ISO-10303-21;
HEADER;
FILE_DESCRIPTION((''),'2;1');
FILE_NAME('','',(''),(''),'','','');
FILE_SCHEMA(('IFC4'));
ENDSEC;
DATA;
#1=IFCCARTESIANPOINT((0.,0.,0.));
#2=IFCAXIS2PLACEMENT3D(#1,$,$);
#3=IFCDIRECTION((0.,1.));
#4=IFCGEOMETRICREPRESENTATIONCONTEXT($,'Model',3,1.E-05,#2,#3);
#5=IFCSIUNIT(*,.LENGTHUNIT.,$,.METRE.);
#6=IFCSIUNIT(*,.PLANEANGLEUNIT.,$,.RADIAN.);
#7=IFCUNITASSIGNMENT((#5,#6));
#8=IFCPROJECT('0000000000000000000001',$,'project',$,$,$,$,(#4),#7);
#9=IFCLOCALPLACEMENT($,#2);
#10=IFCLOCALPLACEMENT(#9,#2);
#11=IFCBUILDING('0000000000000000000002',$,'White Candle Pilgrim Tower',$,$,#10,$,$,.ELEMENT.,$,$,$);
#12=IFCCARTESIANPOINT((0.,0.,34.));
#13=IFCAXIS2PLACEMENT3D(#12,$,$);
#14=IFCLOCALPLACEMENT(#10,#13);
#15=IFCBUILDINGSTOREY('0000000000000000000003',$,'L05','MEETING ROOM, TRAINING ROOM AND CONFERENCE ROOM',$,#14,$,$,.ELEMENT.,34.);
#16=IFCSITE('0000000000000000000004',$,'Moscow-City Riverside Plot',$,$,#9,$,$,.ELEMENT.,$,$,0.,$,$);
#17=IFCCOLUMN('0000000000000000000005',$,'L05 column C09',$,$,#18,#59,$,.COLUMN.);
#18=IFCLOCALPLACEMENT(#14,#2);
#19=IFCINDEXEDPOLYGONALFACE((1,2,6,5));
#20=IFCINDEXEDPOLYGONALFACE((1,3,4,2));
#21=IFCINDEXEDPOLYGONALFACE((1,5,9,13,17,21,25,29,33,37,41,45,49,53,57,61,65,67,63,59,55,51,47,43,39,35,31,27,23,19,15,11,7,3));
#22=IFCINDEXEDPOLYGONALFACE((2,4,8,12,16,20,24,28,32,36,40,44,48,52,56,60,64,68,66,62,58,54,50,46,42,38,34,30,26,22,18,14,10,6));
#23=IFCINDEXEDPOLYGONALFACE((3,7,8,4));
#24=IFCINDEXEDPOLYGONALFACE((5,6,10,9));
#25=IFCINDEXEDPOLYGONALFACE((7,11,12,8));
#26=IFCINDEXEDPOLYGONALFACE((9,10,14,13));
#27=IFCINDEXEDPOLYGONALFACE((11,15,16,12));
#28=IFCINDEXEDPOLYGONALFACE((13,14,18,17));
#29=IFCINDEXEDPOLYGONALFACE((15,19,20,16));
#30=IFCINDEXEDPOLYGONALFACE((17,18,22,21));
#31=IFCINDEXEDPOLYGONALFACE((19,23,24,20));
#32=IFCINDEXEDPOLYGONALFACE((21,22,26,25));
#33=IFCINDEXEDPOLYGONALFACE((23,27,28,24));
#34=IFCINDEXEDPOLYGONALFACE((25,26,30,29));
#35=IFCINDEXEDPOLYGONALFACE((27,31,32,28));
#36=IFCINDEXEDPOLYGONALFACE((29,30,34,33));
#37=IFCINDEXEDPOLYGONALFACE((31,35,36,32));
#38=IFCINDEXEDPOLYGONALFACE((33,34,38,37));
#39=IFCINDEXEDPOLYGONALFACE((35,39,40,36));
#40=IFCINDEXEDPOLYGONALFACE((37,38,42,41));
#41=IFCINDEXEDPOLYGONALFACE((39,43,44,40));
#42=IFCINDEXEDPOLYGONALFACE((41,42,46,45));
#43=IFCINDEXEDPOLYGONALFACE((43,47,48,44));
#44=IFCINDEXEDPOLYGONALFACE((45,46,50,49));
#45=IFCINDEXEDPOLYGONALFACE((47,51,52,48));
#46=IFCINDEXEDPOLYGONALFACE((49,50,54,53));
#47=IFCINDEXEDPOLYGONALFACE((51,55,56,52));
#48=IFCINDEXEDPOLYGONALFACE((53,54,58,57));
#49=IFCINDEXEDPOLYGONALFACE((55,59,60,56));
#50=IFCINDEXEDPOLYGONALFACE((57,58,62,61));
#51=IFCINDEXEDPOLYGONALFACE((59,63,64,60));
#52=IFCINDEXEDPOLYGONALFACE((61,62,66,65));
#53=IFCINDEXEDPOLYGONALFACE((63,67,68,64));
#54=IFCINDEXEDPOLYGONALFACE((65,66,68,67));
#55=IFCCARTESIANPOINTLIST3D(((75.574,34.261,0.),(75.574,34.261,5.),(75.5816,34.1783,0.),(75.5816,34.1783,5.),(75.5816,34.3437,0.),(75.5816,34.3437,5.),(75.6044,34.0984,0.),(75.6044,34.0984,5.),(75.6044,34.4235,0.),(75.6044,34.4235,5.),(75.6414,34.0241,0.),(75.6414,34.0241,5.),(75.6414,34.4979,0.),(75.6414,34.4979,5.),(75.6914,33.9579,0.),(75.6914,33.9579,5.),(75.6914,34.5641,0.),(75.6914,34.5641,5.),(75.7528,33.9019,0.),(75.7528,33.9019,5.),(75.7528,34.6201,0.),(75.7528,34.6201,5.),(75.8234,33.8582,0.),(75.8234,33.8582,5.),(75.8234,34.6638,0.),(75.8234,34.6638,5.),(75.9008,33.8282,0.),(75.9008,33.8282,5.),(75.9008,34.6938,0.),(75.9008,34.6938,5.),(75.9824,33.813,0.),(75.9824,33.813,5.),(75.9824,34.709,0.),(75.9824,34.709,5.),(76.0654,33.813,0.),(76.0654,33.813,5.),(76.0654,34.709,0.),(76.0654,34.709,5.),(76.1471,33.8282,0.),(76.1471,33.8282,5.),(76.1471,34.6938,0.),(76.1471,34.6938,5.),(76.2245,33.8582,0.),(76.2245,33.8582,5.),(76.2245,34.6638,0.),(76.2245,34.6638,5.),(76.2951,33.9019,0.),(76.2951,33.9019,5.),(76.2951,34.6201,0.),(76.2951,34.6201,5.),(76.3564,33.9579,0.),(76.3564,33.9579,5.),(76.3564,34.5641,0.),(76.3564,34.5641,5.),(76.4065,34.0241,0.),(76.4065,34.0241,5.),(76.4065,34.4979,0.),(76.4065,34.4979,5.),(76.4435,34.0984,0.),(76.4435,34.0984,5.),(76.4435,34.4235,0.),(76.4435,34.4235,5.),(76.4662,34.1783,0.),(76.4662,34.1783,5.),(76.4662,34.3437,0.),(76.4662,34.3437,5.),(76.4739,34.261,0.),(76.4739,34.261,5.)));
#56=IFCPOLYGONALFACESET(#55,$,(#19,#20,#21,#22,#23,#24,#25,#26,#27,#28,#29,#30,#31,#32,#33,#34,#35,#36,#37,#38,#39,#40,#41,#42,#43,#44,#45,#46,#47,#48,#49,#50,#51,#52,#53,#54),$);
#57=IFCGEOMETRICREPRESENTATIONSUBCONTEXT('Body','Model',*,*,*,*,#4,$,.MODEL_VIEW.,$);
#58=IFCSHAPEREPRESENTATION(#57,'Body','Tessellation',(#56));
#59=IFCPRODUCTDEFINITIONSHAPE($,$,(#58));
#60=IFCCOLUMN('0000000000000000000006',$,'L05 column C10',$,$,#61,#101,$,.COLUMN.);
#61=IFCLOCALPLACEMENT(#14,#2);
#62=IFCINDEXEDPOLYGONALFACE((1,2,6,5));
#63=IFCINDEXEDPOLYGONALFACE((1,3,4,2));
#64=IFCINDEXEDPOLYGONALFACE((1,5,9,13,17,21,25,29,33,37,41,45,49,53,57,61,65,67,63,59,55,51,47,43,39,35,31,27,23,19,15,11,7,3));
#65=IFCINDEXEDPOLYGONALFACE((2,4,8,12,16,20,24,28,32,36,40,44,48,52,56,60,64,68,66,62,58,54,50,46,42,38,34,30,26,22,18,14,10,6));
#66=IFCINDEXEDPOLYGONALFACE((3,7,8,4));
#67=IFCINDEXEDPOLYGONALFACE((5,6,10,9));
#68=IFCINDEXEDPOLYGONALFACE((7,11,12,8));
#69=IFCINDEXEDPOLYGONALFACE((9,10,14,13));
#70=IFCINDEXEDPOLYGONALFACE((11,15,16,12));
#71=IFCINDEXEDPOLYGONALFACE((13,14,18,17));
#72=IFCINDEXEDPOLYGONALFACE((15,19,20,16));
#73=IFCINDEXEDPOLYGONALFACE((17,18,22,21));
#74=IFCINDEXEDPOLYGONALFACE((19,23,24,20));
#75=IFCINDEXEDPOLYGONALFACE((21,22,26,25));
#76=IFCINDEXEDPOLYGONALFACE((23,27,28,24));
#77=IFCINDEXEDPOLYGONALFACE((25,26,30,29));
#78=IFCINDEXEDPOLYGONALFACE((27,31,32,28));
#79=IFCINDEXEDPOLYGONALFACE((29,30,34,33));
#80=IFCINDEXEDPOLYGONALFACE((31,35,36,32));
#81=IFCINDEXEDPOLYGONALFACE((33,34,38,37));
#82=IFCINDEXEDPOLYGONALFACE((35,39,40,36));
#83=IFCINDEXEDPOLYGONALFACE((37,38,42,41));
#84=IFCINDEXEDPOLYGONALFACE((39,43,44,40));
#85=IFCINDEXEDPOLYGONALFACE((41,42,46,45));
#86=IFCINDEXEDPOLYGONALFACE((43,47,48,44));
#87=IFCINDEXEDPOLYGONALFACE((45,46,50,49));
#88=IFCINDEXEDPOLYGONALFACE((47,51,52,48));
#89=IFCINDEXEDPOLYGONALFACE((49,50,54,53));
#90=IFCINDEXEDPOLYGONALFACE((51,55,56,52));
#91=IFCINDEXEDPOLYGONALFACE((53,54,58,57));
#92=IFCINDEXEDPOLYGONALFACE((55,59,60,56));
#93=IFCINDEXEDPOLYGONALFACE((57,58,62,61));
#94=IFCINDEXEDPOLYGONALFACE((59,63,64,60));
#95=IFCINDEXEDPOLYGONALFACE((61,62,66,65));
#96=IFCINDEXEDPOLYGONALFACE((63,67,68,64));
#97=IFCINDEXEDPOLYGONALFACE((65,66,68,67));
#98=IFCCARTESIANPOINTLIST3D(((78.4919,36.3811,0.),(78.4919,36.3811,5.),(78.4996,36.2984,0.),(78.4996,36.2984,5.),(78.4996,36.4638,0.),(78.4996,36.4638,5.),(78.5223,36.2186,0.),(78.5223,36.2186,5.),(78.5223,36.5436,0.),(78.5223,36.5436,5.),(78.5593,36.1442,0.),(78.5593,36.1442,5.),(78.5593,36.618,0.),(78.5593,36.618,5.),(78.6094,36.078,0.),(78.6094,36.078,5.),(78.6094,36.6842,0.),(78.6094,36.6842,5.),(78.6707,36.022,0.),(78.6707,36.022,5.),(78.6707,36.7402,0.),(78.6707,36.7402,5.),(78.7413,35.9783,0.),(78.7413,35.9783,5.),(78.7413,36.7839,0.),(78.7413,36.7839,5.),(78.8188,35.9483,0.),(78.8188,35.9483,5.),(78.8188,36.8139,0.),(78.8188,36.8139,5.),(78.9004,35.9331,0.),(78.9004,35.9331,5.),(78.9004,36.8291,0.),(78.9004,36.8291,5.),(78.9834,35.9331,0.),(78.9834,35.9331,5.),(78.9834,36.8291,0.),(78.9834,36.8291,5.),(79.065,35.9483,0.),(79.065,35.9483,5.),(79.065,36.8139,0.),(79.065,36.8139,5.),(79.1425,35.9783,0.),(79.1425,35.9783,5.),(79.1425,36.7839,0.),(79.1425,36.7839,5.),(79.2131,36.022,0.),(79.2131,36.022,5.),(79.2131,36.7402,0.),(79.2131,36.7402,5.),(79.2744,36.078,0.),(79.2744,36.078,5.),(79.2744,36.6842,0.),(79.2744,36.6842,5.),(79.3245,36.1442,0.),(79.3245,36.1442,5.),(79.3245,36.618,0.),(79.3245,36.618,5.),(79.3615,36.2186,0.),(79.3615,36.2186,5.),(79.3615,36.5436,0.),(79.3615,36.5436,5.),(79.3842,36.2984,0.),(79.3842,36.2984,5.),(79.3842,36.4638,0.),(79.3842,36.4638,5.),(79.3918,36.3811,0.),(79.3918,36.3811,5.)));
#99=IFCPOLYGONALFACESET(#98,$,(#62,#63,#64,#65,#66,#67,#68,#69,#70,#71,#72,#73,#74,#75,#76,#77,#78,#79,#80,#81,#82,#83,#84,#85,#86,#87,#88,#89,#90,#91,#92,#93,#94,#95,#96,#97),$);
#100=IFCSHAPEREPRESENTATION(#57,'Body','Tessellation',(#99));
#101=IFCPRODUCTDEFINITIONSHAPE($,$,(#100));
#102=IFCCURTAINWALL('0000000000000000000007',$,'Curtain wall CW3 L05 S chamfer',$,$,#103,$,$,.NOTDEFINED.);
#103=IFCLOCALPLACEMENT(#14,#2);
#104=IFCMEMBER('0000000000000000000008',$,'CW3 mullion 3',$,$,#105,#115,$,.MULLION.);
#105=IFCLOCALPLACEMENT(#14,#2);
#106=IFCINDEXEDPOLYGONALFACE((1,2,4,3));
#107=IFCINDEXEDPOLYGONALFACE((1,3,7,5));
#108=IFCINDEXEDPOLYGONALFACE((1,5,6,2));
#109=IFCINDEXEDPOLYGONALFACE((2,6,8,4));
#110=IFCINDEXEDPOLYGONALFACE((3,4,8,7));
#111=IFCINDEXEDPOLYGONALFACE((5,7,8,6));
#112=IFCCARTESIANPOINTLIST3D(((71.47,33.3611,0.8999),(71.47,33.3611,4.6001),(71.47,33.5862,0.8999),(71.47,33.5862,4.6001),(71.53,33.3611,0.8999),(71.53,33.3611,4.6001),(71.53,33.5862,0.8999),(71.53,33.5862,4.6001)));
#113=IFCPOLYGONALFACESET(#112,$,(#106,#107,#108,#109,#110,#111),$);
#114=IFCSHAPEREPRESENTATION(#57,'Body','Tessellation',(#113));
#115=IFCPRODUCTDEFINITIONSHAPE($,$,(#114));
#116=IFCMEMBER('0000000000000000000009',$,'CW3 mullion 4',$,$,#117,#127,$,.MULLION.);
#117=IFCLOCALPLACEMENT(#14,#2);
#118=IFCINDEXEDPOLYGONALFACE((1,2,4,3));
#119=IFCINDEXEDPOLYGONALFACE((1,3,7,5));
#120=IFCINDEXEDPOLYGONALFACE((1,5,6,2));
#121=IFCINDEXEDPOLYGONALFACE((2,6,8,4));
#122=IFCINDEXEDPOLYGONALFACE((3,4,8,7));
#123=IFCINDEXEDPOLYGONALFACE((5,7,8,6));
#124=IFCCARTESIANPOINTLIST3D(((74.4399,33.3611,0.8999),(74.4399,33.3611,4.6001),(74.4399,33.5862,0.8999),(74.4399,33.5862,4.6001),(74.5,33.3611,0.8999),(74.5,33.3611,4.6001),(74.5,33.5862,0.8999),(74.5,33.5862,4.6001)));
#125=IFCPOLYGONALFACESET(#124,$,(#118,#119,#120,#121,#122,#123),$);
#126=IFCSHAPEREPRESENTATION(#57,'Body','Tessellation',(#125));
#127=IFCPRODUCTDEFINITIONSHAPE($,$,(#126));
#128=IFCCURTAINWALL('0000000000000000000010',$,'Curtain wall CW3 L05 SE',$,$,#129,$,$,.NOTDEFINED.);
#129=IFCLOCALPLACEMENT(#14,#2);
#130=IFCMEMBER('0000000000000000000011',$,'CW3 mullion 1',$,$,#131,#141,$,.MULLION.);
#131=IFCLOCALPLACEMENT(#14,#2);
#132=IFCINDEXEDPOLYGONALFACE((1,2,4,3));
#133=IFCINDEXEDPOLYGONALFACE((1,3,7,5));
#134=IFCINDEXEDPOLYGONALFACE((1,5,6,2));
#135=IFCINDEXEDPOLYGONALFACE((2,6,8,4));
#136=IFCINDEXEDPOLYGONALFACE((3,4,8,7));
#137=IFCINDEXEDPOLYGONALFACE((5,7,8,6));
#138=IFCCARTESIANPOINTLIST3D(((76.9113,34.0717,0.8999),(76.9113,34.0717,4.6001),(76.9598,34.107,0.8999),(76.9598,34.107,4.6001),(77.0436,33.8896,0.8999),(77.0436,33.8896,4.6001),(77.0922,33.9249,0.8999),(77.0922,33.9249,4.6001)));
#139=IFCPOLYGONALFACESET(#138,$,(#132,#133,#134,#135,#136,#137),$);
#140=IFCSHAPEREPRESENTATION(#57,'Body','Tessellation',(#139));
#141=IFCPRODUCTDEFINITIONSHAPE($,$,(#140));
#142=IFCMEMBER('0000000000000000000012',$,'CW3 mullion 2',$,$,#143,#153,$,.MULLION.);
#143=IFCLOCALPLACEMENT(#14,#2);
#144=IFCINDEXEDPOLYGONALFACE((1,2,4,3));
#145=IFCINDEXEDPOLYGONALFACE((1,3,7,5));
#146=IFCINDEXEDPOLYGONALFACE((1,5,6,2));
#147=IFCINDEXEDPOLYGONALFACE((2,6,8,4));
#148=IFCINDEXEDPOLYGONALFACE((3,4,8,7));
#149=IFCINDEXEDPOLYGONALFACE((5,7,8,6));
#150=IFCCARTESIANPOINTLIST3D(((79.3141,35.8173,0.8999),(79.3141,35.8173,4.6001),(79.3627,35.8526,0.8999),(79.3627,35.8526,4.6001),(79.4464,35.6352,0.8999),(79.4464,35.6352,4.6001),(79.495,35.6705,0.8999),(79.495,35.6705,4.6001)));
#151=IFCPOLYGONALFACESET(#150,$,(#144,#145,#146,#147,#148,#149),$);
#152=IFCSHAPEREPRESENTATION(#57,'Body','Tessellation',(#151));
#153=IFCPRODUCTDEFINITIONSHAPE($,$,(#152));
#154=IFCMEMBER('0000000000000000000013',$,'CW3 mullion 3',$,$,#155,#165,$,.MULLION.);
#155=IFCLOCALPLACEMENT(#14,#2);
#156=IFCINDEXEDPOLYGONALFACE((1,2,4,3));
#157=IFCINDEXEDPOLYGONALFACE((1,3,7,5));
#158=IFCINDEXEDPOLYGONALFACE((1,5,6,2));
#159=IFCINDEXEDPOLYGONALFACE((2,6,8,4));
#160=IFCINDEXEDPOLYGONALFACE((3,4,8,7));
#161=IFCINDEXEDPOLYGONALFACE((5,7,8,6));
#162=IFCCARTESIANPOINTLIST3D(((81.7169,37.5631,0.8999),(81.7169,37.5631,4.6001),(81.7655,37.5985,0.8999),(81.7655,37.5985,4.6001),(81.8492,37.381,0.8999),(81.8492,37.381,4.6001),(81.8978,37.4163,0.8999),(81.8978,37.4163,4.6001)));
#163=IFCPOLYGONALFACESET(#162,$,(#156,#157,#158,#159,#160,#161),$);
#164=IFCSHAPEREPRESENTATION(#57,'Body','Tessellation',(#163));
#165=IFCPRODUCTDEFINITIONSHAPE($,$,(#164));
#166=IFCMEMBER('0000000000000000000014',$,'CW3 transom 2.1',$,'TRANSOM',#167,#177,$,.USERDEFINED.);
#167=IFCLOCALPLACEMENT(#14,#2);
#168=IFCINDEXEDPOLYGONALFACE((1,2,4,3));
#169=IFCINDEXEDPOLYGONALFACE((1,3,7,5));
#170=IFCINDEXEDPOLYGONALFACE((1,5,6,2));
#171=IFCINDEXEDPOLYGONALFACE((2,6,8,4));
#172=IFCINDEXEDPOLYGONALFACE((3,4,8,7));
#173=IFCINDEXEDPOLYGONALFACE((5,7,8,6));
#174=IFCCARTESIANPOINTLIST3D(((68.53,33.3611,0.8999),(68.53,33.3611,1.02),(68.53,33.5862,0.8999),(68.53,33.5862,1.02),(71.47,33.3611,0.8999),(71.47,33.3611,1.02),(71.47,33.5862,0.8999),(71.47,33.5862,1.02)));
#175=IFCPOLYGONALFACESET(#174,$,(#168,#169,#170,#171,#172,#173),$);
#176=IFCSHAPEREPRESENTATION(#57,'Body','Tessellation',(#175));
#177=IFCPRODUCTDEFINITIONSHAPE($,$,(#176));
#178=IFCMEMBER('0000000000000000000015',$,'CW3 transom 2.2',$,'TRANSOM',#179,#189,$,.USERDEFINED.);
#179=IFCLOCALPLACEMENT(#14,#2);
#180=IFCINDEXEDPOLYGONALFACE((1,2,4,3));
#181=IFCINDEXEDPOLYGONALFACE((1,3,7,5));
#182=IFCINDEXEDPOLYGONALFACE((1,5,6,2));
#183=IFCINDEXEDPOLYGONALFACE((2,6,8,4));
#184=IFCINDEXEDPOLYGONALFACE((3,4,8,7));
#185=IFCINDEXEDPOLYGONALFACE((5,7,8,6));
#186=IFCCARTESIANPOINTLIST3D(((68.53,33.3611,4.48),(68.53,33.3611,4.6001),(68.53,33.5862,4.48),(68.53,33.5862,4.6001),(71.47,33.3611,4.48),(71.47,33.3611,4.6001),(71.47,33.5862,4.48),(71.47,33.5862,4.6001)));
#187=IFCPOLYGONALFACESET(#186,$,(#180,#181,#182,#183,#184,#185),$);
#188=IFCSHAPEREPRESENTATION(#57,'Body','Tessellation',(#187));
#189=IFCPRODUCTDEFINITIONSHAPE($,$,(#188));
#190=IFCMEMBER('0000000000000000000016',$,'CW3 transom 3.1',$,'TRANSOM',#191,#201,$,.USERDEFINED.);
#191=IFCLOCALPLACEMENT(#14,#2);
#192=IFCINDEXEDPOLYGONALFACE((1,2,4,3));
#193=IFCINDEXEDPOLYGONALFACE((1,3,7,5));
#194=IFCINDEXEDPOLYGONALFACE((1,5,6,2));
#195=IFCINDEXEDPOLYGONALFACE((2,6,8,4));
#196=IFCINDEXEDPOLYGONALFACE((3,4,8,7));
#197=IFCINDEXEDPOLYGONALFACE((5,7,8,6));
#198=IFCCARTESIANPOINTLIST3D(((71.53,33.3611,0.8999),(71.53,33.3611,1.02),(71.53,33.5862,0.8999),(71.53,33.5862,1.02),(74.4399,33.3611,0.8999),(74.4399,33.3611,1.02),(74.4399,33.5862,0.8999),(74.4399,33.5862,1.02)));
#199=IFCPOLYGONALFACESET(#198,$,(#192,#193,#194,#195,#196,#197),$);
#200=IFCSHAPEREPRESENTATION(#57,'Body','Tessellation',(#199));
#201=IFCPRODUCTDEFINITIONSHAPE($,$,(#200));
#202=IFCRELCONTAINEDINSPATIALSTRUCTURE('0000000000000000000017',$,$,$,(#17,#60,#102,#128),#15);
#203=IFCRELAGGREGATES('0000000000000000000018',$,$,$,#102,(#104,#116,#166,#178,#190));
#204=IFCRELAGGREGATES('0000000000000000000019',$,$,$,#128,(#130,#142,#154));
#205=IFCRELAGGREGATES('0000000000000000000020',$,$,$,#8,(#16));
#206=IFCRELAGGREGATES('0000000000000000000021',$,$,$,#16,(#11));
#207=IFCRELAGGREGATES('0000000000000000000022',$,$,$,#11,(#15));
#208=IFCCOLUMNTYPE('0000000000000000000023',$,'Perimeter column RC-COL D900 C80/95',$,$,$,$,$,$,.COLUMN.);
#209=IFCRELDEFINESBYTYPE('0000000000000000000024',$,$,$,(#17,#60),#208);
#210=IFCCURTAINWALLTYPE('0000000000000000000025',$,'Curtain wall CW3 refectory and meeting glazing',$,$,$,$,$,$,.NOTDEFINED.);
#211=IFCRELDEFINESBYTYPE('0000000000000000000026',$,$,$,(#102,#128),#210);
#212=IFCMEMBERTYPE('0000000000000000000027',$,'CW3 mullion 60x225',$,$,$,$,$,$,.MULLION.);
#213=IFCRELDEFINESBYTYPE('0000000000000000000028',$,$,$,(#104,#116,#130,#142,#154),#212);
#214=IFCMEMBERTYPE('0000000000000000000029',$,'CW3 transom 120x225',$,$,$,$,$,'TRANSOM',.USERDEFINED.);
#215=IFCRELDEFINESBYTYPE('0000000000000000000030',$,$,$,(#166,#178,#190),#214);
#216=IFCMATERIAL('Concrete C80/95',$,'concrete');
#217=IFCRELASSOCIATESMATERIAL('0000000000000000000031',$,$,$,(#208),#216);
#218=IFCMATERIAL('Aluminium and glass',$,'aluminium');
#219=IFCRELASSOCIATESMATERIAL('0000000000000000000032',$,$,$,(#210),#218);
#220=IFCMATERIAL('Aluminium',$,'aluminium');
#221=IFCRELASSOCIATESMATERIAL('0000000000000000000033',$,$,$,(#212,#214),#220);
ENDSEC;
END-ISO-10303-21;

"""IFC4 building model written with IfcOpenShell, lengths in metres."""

from ifc_helpers import new_model, si_unit, direction, frame, origin, origin_2d, place, context, subcontext, project, spatial, rectangle, circle, extrude, material, material_profile, profile_set, type_object, element, aggregate, save


model = new_model("IFC4")

# Units and contexts
model_context = context("Model", 3, precision=1e-05, world=origin(), true_north=direction((0.0, 1.0)))
body_context = subcontext(model_context, "Body", "Model", "MODEL_VIEW")
ifc_project = project(units=[si_unit("LENGTHUNIT", "METRE"), si_unit("PLANEANGLEUNIT", "RADIAN")], contexts=[model_context])

# Site, building, storey
site_placement = place(None, origin())
site = spatial("IfcSite", under=ifc_project, at=site_placement, Name="Moscow-City Riverside Plot", CompositionType="ELEMENT", RefElevation=0.0)
building_placement = place(site_placement, origin())
building = spatial("IfcBuilding", under=site, at=building_placement, Name="White Candle Pilgrim Tower", CompositionType="ELEMENT")
storey_placement = place(building_placement, frame((0.0, 0.0, 34.0)))
storey = spatial("IfcBuildingStorey", under=building, at=storey_placement, Name="L05", Description="MEETING ROOM, TRAINING ROOM AND CONFERENCE ROOM", CompositionType="ELEMENT", Elevation=34.0)

# Columns
ifc_material_1 = material(Name="Concrete C80/95", Category="concrete")
ifc_material_profile_1 = material_profile(ifc_material_1, circle(Radius=0.45, at=origin_2d()), Name="RC-COL D900")
ifc_profile_set_1 = profile_set([ifc_material_profile_1], Name="Concrete C80/95")
column_type = type_object("IfcColumnType", Name="Perimeter column RC-COL D900 C80/95", PredefinedType="COLUMN", material=ifc_profile_set_1)
for number, where, z_axis, x_axis, name in (
    (1, (76.0239, 34.261, 0.0), (0.0, 0.0, 1.0), (1.0, 0.0, 0.0), "L05 column C09"),
    (2, (78.9419, 36.3811, 0.0), (0.0, 0.0, 1.0), (1.0, 0.0, 0.0), "L05 column C10"),
):
    element("IfcColumn", number, at=place(storey_placement, frame(where, z_axis=z_axis, x_axis=x_axis)), inside=storey, type_object=column_type, Name=name, PredefinedType="COLUMN", context=body_context, shape_type="SweptSolid", body=[
        extrude(circle(Radius=0.45, at=origin_2d()), origin(), (0.0, 0.0, 1.0), 5.0),
    ])

# Curtain walls, members
ifc_material_2 = material(Name="Aluminium and glass", Category="aluminium")
curtain_wall_type = type_object("IfcCurtainWallType", Name="Curtain wall CW3 refectory and meeting glazing", PredefinedType="NOTDEFINED", material=ifc_material_2)
curtain_wall_1_placement = place(storey_placement, origin())
curtain_wall_1 = element("IfcCurtainWall", 3, at=curtain_wall_1_placement, inside=storey, type_object=curtain_wall_type, Name="Curtain wall CW3 L05 S chamfer", PredefinedType="NOTDEFINED")
ifc_material_3 = material(Name="Aluminium", Category="aluminium")
ifc_material_profile_2 = material_profile(ifc_material_3, rectangle(XDim=0.2251, YDim=0.0601, at=origin_2d()), Name="CW3 mullion 60x225")
ifc_profile_set_2 = profile_set([ifc_material_profile_2], Name="Aluminium")
member_type_1 = type_object("IfcMemberType", Name="CW3 mullion 60x225", PredefinedType="MULLION", material=ifc_profile_set_2)
member_1_placement = place(storey_placement, frame((71.5, 33.4736, 0.8999), z_axis=(0.0, 0.0, 1.0), x_axis=(0.0, 1.0, 0.0)))
member_1 = element("IfcMember", 4, at=member_1_placement, type_object=member_type_1, Name="CW3 mullion 3", PredefinedType="MULLION", context=body_context, shape_type="SweptSolid", body=[
    extrude(rectangle(XDim=0.2251, YDim=0.0601, at=origin_2d()), origin(), (0.0, 0.0, 1.0), 3.7002),
])
member_2_placement = place(storey_placement, frame((74.47, 33.4736, 0.8999), z_axis=(0.0, 0.0, 1.0), x_axis=(0.0, 1.0, 0.0)))
member_2 = element("IfcMember", 5, at=member_2_placement, type_object=member_type_1, Name="CW3 mullion 4", PredefinedType="MULLION", context=body_context, shape_type="SweptSolid", body=[
    extrude(rectangle(XDim=0.2251, YDim=0.0601, at=origin_2d()), origin(), (0.0, 0.0, 1.0), 3.7002),
])
curtain_wall_2_placement = place(storey_placement, origin())
curtain_wall_2 = element("IfcCurtainWall", 6, at=curtain_wall_2_placement, inside=storey, type_object=curtain_wall_type, Name="Curtain wall CW3 L05 SE", PredefinedType="NOTDEFINED")
member_3_placement = place(storey_placement, frame((77.0017, 33.9983, 0.8999), z_axis=(0.0, 0.0, 1.0), x_axis=(-0.587785, 0.809017, 0.0)))
member_3 = element("IfcMember", 7, at=member_3_placement, type_object=member_type_1, Name="CW3 mullion 1", PredefinedType="MULLION", context=body_context, shape_type="SweptSolid", body=[
    extrude(rectangle(XDim=0.2251, YDim=0.0601, at=origin_2d()), origin(), (0.0, 0.0, 1.0), 3.7002),
])
member_4_placement = place(storey_placement, frame((79.4045, 35.7439, 0.8999), z_axis=(0.0, 0.0, 1.0), x_axis=(-0.587785, 0.809017, 0.0)))
member_4 = element("IfcMember", 8, at=member_4_placement, type_object=member_type_1, Name="CW3 mullion 2", PredefinedType="MULLION", context=body_context, shape_type="SweptSolid", body=[
    extrude(rectangle(XDim=0.2251, YDim=0.0601, at=origin_2d()), origin(), (0.0, 0.0, 1.0), 3.7002),
])
member_5_placement = place(storey_placement, frame((81.8074, 37.4897, 0.8999), z_axis=(0.0, 0.0, 1.0), x_axis=(-0.587785, 0.809017, 0.0)))
member_5 = element("IfcMember", 9, at=member_5_placement, type_object=member_type_1, Name="CW3 mullion 3", PredefinedType="MULLION", context=body_context, shape_type="SweptSolid", body=[
    extrude(rectangle(XDim=0.2251, YDim=0.0601, at=origin_2d()), origin(), (0.0, 0.0, 1.0), 3.7002),
])

# Members
ifc_material_profile_3 = material_profile(ifc_material_3, rectangle(XDim=0.2251, YDim=0.1201, at=origin_2d()), Name="CW3 transom 120x225")
ifc_profile_set_3 = profile_set([ifc_material_profile_3], Name="Aluminium")
member_type_2 = type_object("IfcMemberType", Name="CW3 transom 120x225", ElementType="TRANSOM", PredefinedType="USERDEFINED", material=ifc_profile_set_3)
member_6_placement = place(storey_placement, frame((68.53, 33.4736, 0.96), z_axis=(1.0, 0.0, 0.0), x_axis=(0.0, 1.0, 0.0)))
member_6 = element("IfcMember", 10, at=member_6_placement, type_object=member_type_2, Name="CW3 transom 2.1", ObjectType="TRANSOM", PredefinedType="USERDEFINED", context=body_context, shape_type="SweptSolid", body=[
    extrude(rectangle(XDim=0.2251, YDim=0.1201, at=origin_2d()), origin(), (0.0, 0.0, 1.0), 2.9399),
])
member_7_placement = place(storey_placement, frame((68.53, 33.4736, 4.54), z_axis=(1.0, 0.0, 0.0), x_axis=(0.0, 1.0, 0.0)))
member_7 = element("IfcMember", 11, at=member_7_placement, type_object=member_type_2, Name="CW3 transom 2.2", ObjectType="TRANSOM", PredefinedType="USERDEFINED", context=body_context, shape_type="SweptSolid", body=[
    extrude(rectangle(XDim=0.2251, YDim=0.1201, at=origin_2d()), origin(), (0.0, 0.0, 1.0), 2.9399),
])
member_8_placement = place(storey_placement, frame((71.53, 33.4736, 0.96), z_axis=(1.0, 0.0, 0.0), x_axis=(0.0, 1.0, 0.0)))
member_8 = element("IfcMember", 12, at=member_8_placement, type_object=member_type_2, Name="CW3 transom 3.1", ObjectType="TRANSOM", PredefinedType="USERDEFINED", context=body_context, shape_type="SweptSolid", body=[
    extrude(rectangle(XDim=0.2251, YDim=0.1201, at=origin_2d()), origin(), (0.0, 0.0, 1.0), 2.9099),
])

aggregate(curtain_wall_1, [member_1, member_2, member_6, member_7, member_8])
aggregate(curtain_wall_2, [member_3, member_4, member_5])

save(model, "model.ifc")
